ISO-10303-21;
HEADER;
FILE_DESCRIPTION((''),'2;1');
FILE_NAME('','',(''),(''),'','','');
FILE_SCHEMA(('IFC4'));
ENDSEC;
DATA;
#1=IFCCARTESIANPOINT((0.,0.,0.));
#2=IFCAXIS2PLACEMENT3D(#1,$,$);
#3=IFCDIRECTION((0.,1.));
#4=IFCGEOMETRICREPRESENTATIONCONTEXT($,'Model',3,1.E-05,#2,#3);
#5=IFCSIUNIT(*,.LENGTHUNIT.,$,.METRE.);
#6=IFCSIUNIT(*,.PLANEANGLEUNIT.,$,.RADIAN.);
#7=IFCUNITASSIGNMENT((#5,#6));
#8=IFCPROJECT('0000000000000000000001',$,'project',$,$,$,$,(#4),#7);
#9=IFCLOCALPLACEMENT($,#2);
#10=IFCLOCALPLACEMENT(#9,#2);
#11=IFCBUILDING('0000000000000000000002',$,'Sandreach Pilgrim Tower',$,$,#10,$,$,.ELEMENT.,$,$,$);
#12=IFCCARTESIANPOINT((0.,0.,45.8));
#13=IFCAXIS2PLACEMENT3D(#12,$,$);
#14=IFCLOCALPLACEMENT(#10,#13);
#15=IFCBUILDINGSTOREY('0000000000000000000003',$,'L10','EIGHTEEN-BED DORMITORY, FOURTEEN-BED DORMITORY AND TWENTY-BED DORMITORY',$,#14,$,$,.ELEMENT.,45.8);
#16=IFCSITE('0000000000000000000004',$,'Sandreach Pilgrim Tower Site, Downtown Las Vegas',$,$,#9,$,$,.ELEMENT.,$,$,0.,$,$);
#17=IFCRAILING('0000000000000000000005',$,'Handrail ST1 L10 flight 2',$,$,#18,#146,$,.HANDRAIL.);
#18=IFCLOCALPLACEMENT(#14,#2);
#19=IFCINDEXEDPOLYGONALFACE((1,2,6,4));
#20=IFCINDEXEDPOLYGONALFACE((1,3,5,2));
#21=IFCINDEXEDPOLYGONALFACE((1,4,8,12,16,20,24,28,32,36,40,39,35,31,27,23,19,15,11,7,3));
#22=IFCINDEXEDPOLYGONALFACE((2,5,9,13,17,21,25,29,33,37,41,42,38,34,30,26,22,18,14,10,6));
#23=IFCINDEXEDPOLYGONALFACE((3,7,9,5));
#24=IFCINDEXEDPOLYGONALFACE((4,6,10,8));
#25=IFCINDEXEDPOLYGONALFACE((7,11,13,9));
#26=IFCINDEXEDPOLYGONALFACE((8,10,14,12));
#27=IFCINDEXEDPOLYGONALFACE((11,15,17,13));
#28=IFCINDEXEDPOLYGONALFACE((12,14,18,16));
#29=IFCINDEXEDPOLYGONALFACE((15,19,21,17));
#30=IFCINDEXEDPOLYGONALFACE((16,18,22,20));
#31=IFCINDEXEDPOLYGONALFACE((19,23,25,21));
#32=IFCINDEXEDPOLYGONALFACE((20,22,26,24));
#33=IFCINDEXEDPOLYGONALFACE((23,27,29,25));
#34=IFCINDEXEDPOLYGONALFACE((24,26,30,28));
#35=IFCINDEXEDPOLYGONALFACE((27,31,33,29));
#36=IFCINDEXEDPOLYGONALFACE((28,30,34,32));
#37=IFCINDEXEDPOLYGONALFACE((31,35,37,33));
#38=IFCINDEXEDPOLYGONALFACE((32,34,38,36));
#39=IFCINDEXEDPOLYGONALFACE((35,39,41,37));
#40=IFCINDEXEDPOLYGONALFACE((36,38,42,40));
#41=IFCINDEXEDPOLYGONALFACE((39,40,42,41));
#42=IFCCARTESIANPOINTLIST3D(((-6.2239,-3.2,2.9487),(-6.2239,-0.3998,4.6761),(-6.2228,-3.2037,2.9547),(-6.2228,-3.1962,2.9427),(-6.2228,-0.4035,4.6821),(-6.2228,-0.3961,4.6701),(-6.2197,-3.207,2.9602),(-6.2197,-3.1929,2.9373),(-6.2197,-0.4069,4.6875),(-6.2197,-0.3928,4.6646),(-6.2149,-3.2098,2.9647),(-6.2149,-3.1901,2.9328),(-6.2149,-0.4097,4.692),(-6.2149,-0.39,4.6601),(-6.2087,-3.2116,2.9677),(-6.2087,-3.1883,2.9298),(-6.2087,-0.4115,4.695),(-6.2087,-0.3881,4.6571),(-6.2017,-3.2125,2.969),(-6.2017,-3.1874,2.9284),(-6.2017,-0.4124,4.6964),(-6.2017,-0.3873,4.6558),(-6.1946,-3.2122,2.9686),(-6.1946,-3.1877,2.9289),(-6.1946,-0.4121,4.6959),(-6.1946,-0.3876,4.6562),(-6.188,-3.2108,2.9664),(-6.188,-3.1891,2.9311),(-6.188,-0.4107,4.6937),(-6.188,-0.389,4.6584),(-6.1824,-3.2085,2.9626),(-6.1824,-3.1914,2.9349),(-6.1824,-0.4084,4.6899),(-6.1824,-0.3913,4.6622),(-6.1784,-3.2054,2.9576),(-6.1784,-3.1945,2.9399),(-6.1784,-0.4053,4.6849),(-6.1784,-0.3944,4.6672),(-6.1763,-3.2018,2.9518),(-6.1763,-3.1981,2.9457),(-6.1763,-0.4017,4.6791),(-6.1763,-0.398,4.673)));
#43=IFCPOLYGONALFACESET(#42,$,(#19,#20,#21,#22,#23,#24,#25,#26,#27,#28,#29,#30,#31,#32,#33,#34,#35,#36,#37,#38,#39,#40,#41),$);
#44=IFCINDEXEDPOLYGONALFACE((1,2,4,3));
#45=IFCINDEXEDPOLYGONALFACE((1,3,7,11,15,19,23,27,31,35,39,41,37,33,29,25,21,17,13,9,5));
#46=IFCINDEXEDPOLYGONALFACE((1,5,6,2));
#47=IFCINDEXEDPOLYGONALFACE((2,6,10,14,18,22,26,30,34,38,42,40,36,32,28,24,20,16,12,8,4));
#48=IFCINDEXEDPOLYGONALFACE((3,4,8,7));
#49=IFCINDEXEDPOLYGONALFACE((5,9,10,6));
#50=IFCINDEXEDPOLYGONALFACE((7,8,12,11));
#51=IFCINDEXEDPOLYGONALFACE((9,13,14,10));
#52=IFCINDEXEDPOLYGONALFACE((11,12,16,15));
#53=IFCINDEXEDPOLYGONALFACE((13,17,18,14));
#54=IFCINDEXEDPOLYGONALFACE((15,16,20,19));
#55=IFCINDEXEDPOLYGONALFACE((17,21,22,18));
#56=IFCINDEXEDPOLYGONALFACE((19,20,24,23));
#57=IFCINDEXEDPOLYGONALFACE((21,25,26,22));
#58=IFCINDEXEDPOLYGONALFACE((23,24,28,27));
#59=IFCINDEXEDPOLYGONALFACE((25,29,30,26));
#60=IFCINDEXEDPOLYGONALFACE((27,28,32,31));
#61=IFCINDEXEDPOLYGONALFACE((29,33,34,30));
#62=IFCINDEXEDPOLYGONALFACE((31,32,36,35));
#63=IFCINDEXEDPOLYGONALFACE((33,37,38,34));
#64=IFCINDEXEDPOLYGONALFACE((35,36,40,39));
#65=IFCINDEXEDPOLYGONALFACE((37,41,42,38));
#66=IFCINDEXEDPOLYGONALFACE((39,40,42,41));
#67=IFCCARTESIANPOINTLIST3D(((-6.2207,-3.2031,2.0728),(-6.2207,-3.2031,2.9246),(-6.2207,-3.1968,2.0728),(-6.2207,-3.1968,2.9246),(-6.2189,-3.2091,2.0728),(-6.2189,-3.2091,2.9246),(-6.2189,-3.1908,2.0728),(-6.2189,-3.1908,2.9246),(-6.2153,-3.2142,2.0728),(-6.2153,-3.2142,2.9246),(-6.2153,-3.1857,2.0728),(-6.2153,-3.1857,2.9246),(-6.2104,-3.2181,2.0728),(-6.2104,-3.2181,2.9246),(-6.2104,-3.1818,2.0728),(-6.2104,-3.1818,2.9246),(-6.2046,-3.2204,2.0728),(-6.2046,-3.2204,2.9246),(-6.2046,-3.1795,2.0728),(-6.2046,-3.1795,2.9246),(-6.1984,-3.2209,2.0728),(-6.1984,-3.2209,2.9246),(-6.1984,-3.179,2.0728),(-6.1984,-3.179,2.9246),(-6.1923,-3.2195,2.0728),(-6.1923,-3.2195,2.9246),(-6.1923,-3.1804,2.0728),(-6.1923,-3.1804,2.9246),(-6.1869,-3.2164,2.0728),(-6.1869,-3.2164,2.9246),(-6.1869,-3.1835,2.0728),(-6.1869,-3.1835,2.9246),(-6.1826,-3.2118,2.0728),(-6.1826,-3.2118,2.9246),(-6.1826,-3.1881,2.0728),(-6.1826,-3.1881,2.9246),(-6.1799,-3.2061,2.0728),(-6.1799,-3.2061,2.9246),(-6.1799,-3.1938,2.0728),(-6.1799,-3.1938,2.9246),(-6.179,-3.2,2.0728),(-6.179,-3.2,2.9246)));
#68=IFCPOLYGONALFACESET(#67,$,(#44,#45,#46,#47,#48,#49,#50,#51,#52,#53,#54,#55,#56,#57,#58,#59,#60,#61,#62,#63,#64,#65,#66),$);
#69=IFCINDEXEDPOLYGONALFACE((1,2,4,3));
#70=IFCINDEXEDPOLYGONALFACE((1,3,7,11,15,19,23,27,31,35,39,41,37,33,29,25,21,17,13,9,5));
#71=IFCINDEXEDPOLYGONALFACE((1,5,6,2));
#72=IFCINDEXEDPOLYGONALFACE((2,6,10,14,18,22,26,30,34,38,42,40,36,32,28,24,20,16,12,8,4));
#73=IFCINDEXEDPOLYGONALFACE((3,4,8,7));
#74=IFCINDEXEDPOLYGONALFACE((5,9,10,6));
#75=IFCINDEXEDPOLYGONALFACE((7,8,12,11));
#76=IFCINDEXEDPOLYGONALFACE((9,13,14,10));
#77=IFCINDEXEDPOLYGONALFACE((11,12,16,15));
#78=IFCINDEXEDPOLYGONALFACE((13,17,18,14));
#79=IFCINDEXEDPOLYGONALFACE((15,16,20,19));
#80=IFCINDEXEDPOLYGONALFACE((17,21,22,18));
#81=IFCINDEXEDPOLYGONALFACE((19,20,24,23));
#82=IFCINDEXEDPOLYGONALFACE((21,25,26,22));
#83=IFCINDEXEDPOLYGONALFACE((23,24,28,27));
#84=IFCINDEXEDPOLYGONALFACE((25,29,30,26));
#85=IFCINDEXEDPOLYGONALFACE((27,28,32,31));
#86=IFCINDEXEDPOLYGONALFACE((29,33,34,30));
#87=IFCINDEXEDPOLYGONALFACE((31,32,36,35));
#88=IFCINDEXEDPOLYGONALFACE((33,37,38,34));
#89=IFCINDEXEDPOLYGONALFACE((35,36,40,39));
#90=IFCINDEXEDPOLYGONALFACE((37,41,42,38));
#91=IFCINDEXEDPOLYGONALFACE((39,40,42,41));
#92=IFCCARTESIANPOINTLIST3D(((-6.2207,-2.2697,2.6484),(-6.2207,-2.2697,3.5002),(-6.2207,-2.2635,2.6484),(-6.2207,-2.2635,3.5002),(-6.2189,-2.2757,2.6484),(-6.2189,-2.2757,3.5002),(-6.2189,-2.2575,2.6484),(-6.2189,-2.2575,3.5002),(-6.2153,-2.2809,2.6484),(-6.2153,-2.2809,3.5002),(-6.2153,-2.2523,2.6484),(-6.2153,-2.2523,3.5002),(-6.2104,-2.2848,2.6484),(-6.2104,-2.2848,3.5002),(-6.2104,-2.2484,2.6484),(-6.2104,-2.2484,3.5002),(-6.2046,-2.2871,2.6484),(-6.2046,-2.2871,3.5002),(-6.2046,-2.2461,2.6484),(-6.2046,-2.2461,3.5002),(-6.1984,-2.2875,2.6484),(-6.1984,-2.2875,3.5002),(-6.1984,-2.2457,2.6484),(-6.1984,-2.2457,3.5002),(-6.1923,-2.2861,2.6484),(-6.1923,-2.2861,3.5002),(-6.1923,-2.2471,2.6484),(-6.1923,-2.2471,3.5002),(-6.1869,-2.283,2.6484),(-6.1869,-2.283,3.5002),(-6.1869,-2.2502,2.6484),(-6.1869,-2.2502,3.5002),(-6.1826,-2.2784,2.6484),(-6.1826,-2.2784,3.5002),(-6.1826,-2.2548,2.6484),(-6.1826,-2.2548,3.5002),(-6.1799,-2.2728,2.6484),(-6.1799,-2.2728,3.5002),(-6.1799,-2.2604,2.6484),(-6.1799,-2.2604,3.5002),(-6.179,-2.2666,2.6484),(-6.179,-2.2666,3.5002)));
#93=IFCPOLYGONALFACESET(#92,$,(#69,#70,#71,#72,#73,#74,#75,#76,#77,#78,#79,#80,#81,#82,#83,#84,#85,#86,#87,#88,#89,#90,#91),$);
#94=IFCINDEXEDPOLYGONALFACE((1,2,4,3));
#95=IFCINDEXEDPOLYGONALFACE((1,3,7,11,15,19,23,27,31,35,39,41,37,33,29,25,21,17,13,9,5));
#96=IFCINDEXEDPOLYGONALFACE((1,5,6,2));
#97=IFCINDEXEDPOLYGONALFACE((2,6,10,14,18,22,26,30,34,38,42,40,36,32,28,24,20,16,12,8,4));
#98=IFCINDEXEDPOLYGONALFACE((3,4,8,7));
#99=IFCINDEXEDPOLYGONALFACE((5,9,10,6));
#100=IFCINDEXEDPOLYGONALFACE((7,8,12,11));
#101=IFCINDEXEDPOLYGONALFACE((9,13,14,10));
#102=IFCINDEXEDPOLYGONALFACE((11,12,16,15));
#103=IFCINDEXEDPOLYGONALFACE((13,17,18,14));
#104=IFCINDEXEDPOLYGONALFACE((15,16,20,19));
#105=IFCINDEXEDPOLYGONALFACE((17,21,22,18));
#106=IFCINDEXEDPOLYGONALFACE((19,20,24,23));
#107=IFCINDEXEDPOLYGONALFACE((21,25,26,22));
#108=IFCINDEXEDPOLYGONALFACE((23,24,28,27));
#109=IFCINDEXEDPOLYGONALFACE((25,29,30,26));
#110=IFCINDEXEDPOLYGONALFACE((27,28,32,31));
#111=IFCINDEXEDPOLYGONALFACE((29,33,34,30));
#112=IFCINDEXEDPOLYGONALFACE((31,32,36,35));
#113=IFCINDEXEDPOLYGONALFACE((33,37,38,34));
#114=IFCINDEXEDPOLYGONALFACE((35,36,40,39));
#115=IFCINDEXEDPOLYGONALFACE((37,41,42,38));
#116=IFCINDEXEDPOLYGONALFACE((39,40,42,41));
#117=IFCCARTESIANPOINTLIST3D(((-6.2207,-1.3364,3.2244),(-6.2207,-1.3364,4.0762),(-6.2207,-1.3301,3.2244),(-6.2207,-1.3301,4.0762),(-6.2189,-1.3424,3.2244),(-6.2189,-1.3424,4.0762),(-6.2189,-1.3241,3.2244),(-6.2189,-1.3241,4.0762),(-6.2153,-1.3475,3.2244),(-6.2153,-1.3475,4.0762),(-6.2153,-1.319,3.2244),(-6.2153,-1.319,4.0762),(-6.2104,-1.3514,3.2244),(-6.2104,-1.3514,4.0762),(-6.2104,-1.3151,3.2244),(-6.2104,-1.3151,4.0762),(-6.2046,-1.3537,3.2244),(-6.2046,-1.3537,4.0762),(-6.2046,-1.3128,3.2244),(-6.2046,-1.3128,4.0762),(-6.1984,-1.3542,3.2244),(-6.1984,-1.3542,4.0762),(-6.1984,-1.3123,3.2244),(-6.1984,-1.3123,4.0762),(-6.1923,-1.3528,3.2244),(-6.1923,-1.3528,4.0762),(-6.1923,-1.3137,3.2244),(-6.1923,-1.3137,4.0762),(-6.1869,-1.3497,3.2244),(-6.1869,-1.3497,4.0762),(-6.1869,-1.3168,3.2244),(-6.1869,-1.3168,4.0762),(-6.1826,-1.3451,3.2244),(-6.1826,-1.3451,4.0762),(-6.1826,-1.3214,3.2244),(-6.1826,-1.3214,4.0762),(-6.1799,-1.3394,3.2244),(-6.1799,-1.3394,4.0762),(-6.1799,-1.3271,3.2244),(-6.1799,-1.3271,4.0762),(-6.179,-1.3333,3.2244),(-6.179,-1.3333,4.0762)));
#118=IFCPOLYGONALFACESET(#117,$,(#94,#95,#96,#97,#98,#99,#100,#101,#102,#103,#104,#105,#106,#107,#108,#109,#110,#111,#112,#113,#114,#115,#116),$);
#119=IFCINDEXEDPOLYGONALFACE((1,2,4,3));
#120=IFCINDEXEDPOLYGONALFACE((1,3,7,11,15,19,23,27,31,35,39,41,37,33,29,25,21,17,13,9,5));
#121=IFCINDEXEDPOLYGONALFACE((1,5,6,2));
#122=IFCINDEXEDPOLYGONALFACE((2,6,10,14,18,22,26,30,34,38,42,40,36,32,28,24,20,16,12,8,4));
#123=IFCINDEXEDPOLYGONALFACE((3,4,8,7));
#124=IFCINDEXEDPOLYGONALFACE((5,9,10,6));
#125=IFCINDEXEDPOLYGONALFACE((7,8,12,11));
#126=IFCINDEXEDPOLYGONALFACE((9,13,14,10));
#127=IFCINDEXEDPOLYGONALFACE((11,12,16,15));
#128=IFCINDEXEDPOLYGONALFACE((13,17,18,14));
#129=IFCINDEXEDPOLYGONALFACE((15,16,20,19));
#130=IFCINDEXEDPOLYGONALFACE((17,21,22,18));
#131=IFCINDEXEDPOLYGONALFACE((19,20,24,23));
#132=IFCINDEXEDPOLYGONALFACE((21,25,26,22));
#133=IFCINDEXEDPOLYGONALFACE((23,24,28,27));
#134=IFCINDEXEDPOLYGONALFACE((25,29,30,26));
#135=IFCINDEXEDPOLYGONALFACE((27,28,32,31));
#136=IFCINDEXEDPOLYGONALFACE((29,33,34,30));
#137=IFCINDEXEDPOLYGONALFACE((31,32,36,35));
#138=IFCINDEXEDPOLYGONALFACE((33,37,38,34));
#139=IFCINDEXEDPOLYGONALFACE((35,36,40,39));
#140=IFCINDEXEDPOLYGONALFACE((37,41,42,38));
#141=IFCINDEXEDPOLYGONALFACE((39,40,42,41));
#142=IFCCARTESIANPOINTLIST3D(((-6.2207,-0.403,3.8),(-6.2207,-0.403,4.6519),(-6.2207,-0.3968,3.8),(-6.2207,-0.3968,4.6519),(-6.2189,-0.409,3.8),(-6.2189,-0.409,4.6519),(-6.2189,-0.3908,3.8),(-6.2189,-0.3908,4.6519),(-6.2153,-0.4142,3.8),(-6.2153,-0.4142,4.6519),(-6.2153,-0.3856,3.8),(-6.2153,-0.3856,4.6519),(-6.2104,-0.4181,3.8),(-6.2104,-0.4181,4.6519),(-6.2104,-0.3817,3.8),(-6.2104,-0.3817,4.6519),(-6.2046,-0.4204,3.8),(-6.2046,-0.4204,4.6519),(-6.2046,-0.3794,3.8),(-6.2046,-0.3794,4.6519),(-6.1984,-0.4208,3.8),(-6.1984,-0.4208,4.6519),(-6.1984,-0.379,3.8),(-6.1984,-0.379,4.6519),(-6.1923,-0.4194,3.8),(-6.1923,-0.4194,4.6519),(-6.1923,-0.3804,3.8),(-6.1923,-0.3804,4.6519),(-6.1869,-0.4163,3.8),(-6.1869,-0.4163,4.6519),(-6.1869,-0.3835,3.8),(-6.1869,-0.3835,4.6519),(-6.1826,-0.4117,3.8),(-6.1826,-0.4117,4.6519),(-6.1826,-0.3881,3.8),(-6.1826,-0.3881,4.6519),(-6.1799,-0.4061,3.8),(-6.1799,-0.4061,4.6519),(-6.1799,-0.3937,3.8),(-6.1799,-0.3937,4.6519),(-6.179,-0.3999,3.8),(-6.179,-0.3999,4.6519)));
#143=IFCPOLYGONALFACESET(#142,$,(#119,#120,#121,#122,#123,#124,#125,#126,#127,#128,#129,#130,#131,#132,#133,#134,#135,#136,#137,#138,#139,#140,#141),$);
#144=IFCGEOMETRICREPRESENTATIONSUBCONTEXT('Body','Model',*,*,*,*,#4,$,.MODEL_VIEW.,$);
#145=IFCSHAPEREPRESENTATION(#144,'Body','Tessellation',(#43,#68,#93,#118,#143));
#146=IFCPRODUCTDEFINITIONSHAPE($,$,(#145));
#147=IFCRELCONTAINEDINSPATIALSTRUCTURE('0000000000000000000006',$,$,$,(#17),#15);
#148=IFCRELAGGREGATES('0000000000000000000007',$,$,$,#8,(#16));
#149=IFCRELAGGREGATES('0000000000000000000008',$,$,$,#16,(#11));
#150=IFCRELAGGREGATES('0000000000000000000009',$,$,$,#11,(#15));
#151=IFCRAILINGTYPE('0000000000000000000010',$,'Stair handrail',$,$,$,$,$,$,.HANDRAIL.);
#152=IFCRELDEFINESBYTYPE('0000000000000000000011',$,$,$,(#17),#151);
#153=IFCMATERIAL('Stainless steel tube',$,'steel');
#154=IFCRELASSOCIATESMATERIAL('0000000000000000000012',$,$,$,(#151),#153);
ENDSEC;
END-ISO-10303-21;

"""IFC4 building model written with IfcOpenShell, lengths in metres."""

from ifc_helpers import new_model, si_unit, direction, frame, origin, origin_2d, place, context, subcontext, project, spatial, circle, extrude, material, type_object, element, save


model = new_model("IFC4")

# Units and contexts
model_context = context("Model", 3, precision=1e-05, world=origin(), true_north=direction((0.0, 1.0)))
body_context = subcontext(model_context, "Body", "Model", "MODEL_VIEW")
ifc_project = project(units=[si_unit("LENGTHUNIT", "METRE"), si_unit("PLANEANGLEUNIT", "RADIAN")], contexts=[model_context])

# Site, building, storey
site_placement = place(None, origin())
site = spatial("IfcSite", under=ifc_project, at=site_placement, Name="Sandreach Pilgrim Tower Site, Downtown Las Vegas", CompositionType="ELEMENT", RefElevation=0.0)
building_placement = place(site_placement, origin())
building = spatial("IfcBuilding", under=site, at=building_placement, Name="Sandreach Pilgrim Tower", CompositionType="ELEMENT")
storey_placement = place(building_placement, frame((0.0, 0.0, 45.8)))
storey = spatial("IfcBuildingStorey", under=building, at=storey_placement, Name="L10", Description="EIGHTEEN-BED DORMITORY, FOURTEEN-BED DORMITORY AND TWENTY-BED DORMITORY", CompositionType="ELEMENT", Elevation=45.8)

# Railing
ifc_material_1 = material(Name="Stainless steel tube", Category="steel")
railing_type = type_object("IfcRailingType", Name="Stair handrail", PredefinedType="HANDRAIL", material=ifc_material_1)
for number, where, name in (
    (1, (-6.2, -3.2, 2.0728), "Handrail ST1 L10 flight 2"),
):
    element("IfcRailing", number, at=place(storey_placement, frame(where)), inside=storey, type_object=railing_type, Name=name, PredefinedType="HANDRAIL", context=body_context, shape_type="SweptSolid", body=[
        extrude(circle(Radius=0.0239, at=origin_2d()), frame((0.0, 0.0, 0.876), z_axis=(0.0, 0.85109, 0.52502), x_axis=(-1.0, 0.0, 0.0)), (0.0, 0.0, 1.0), 3.29),
        extrude(circle(Radius=0.021, at=origin_2d()), origin(), (0.0, 0.0, 1.0), 0.8518),
        extrude(circle(Radius=0.021, at=origin_2d()), frame((0.0, 0.9333, 0.5757)), (0.0, 0.0, 1.0), 0.8518),
        extrude(circle(Radius=0.021, at=origin_2d()), frame((0.0, 1.8667, 1.1516)), (0.0, 0.0, 1.0), 0.8518),
        extrude(circle(Radius=0.021, at=origin_2d()), frame((0.0, 2.8, 1.7273)), (0.0, 0.0, 1.0), 0.8518),
    ])

save(model, "model.ifc")
